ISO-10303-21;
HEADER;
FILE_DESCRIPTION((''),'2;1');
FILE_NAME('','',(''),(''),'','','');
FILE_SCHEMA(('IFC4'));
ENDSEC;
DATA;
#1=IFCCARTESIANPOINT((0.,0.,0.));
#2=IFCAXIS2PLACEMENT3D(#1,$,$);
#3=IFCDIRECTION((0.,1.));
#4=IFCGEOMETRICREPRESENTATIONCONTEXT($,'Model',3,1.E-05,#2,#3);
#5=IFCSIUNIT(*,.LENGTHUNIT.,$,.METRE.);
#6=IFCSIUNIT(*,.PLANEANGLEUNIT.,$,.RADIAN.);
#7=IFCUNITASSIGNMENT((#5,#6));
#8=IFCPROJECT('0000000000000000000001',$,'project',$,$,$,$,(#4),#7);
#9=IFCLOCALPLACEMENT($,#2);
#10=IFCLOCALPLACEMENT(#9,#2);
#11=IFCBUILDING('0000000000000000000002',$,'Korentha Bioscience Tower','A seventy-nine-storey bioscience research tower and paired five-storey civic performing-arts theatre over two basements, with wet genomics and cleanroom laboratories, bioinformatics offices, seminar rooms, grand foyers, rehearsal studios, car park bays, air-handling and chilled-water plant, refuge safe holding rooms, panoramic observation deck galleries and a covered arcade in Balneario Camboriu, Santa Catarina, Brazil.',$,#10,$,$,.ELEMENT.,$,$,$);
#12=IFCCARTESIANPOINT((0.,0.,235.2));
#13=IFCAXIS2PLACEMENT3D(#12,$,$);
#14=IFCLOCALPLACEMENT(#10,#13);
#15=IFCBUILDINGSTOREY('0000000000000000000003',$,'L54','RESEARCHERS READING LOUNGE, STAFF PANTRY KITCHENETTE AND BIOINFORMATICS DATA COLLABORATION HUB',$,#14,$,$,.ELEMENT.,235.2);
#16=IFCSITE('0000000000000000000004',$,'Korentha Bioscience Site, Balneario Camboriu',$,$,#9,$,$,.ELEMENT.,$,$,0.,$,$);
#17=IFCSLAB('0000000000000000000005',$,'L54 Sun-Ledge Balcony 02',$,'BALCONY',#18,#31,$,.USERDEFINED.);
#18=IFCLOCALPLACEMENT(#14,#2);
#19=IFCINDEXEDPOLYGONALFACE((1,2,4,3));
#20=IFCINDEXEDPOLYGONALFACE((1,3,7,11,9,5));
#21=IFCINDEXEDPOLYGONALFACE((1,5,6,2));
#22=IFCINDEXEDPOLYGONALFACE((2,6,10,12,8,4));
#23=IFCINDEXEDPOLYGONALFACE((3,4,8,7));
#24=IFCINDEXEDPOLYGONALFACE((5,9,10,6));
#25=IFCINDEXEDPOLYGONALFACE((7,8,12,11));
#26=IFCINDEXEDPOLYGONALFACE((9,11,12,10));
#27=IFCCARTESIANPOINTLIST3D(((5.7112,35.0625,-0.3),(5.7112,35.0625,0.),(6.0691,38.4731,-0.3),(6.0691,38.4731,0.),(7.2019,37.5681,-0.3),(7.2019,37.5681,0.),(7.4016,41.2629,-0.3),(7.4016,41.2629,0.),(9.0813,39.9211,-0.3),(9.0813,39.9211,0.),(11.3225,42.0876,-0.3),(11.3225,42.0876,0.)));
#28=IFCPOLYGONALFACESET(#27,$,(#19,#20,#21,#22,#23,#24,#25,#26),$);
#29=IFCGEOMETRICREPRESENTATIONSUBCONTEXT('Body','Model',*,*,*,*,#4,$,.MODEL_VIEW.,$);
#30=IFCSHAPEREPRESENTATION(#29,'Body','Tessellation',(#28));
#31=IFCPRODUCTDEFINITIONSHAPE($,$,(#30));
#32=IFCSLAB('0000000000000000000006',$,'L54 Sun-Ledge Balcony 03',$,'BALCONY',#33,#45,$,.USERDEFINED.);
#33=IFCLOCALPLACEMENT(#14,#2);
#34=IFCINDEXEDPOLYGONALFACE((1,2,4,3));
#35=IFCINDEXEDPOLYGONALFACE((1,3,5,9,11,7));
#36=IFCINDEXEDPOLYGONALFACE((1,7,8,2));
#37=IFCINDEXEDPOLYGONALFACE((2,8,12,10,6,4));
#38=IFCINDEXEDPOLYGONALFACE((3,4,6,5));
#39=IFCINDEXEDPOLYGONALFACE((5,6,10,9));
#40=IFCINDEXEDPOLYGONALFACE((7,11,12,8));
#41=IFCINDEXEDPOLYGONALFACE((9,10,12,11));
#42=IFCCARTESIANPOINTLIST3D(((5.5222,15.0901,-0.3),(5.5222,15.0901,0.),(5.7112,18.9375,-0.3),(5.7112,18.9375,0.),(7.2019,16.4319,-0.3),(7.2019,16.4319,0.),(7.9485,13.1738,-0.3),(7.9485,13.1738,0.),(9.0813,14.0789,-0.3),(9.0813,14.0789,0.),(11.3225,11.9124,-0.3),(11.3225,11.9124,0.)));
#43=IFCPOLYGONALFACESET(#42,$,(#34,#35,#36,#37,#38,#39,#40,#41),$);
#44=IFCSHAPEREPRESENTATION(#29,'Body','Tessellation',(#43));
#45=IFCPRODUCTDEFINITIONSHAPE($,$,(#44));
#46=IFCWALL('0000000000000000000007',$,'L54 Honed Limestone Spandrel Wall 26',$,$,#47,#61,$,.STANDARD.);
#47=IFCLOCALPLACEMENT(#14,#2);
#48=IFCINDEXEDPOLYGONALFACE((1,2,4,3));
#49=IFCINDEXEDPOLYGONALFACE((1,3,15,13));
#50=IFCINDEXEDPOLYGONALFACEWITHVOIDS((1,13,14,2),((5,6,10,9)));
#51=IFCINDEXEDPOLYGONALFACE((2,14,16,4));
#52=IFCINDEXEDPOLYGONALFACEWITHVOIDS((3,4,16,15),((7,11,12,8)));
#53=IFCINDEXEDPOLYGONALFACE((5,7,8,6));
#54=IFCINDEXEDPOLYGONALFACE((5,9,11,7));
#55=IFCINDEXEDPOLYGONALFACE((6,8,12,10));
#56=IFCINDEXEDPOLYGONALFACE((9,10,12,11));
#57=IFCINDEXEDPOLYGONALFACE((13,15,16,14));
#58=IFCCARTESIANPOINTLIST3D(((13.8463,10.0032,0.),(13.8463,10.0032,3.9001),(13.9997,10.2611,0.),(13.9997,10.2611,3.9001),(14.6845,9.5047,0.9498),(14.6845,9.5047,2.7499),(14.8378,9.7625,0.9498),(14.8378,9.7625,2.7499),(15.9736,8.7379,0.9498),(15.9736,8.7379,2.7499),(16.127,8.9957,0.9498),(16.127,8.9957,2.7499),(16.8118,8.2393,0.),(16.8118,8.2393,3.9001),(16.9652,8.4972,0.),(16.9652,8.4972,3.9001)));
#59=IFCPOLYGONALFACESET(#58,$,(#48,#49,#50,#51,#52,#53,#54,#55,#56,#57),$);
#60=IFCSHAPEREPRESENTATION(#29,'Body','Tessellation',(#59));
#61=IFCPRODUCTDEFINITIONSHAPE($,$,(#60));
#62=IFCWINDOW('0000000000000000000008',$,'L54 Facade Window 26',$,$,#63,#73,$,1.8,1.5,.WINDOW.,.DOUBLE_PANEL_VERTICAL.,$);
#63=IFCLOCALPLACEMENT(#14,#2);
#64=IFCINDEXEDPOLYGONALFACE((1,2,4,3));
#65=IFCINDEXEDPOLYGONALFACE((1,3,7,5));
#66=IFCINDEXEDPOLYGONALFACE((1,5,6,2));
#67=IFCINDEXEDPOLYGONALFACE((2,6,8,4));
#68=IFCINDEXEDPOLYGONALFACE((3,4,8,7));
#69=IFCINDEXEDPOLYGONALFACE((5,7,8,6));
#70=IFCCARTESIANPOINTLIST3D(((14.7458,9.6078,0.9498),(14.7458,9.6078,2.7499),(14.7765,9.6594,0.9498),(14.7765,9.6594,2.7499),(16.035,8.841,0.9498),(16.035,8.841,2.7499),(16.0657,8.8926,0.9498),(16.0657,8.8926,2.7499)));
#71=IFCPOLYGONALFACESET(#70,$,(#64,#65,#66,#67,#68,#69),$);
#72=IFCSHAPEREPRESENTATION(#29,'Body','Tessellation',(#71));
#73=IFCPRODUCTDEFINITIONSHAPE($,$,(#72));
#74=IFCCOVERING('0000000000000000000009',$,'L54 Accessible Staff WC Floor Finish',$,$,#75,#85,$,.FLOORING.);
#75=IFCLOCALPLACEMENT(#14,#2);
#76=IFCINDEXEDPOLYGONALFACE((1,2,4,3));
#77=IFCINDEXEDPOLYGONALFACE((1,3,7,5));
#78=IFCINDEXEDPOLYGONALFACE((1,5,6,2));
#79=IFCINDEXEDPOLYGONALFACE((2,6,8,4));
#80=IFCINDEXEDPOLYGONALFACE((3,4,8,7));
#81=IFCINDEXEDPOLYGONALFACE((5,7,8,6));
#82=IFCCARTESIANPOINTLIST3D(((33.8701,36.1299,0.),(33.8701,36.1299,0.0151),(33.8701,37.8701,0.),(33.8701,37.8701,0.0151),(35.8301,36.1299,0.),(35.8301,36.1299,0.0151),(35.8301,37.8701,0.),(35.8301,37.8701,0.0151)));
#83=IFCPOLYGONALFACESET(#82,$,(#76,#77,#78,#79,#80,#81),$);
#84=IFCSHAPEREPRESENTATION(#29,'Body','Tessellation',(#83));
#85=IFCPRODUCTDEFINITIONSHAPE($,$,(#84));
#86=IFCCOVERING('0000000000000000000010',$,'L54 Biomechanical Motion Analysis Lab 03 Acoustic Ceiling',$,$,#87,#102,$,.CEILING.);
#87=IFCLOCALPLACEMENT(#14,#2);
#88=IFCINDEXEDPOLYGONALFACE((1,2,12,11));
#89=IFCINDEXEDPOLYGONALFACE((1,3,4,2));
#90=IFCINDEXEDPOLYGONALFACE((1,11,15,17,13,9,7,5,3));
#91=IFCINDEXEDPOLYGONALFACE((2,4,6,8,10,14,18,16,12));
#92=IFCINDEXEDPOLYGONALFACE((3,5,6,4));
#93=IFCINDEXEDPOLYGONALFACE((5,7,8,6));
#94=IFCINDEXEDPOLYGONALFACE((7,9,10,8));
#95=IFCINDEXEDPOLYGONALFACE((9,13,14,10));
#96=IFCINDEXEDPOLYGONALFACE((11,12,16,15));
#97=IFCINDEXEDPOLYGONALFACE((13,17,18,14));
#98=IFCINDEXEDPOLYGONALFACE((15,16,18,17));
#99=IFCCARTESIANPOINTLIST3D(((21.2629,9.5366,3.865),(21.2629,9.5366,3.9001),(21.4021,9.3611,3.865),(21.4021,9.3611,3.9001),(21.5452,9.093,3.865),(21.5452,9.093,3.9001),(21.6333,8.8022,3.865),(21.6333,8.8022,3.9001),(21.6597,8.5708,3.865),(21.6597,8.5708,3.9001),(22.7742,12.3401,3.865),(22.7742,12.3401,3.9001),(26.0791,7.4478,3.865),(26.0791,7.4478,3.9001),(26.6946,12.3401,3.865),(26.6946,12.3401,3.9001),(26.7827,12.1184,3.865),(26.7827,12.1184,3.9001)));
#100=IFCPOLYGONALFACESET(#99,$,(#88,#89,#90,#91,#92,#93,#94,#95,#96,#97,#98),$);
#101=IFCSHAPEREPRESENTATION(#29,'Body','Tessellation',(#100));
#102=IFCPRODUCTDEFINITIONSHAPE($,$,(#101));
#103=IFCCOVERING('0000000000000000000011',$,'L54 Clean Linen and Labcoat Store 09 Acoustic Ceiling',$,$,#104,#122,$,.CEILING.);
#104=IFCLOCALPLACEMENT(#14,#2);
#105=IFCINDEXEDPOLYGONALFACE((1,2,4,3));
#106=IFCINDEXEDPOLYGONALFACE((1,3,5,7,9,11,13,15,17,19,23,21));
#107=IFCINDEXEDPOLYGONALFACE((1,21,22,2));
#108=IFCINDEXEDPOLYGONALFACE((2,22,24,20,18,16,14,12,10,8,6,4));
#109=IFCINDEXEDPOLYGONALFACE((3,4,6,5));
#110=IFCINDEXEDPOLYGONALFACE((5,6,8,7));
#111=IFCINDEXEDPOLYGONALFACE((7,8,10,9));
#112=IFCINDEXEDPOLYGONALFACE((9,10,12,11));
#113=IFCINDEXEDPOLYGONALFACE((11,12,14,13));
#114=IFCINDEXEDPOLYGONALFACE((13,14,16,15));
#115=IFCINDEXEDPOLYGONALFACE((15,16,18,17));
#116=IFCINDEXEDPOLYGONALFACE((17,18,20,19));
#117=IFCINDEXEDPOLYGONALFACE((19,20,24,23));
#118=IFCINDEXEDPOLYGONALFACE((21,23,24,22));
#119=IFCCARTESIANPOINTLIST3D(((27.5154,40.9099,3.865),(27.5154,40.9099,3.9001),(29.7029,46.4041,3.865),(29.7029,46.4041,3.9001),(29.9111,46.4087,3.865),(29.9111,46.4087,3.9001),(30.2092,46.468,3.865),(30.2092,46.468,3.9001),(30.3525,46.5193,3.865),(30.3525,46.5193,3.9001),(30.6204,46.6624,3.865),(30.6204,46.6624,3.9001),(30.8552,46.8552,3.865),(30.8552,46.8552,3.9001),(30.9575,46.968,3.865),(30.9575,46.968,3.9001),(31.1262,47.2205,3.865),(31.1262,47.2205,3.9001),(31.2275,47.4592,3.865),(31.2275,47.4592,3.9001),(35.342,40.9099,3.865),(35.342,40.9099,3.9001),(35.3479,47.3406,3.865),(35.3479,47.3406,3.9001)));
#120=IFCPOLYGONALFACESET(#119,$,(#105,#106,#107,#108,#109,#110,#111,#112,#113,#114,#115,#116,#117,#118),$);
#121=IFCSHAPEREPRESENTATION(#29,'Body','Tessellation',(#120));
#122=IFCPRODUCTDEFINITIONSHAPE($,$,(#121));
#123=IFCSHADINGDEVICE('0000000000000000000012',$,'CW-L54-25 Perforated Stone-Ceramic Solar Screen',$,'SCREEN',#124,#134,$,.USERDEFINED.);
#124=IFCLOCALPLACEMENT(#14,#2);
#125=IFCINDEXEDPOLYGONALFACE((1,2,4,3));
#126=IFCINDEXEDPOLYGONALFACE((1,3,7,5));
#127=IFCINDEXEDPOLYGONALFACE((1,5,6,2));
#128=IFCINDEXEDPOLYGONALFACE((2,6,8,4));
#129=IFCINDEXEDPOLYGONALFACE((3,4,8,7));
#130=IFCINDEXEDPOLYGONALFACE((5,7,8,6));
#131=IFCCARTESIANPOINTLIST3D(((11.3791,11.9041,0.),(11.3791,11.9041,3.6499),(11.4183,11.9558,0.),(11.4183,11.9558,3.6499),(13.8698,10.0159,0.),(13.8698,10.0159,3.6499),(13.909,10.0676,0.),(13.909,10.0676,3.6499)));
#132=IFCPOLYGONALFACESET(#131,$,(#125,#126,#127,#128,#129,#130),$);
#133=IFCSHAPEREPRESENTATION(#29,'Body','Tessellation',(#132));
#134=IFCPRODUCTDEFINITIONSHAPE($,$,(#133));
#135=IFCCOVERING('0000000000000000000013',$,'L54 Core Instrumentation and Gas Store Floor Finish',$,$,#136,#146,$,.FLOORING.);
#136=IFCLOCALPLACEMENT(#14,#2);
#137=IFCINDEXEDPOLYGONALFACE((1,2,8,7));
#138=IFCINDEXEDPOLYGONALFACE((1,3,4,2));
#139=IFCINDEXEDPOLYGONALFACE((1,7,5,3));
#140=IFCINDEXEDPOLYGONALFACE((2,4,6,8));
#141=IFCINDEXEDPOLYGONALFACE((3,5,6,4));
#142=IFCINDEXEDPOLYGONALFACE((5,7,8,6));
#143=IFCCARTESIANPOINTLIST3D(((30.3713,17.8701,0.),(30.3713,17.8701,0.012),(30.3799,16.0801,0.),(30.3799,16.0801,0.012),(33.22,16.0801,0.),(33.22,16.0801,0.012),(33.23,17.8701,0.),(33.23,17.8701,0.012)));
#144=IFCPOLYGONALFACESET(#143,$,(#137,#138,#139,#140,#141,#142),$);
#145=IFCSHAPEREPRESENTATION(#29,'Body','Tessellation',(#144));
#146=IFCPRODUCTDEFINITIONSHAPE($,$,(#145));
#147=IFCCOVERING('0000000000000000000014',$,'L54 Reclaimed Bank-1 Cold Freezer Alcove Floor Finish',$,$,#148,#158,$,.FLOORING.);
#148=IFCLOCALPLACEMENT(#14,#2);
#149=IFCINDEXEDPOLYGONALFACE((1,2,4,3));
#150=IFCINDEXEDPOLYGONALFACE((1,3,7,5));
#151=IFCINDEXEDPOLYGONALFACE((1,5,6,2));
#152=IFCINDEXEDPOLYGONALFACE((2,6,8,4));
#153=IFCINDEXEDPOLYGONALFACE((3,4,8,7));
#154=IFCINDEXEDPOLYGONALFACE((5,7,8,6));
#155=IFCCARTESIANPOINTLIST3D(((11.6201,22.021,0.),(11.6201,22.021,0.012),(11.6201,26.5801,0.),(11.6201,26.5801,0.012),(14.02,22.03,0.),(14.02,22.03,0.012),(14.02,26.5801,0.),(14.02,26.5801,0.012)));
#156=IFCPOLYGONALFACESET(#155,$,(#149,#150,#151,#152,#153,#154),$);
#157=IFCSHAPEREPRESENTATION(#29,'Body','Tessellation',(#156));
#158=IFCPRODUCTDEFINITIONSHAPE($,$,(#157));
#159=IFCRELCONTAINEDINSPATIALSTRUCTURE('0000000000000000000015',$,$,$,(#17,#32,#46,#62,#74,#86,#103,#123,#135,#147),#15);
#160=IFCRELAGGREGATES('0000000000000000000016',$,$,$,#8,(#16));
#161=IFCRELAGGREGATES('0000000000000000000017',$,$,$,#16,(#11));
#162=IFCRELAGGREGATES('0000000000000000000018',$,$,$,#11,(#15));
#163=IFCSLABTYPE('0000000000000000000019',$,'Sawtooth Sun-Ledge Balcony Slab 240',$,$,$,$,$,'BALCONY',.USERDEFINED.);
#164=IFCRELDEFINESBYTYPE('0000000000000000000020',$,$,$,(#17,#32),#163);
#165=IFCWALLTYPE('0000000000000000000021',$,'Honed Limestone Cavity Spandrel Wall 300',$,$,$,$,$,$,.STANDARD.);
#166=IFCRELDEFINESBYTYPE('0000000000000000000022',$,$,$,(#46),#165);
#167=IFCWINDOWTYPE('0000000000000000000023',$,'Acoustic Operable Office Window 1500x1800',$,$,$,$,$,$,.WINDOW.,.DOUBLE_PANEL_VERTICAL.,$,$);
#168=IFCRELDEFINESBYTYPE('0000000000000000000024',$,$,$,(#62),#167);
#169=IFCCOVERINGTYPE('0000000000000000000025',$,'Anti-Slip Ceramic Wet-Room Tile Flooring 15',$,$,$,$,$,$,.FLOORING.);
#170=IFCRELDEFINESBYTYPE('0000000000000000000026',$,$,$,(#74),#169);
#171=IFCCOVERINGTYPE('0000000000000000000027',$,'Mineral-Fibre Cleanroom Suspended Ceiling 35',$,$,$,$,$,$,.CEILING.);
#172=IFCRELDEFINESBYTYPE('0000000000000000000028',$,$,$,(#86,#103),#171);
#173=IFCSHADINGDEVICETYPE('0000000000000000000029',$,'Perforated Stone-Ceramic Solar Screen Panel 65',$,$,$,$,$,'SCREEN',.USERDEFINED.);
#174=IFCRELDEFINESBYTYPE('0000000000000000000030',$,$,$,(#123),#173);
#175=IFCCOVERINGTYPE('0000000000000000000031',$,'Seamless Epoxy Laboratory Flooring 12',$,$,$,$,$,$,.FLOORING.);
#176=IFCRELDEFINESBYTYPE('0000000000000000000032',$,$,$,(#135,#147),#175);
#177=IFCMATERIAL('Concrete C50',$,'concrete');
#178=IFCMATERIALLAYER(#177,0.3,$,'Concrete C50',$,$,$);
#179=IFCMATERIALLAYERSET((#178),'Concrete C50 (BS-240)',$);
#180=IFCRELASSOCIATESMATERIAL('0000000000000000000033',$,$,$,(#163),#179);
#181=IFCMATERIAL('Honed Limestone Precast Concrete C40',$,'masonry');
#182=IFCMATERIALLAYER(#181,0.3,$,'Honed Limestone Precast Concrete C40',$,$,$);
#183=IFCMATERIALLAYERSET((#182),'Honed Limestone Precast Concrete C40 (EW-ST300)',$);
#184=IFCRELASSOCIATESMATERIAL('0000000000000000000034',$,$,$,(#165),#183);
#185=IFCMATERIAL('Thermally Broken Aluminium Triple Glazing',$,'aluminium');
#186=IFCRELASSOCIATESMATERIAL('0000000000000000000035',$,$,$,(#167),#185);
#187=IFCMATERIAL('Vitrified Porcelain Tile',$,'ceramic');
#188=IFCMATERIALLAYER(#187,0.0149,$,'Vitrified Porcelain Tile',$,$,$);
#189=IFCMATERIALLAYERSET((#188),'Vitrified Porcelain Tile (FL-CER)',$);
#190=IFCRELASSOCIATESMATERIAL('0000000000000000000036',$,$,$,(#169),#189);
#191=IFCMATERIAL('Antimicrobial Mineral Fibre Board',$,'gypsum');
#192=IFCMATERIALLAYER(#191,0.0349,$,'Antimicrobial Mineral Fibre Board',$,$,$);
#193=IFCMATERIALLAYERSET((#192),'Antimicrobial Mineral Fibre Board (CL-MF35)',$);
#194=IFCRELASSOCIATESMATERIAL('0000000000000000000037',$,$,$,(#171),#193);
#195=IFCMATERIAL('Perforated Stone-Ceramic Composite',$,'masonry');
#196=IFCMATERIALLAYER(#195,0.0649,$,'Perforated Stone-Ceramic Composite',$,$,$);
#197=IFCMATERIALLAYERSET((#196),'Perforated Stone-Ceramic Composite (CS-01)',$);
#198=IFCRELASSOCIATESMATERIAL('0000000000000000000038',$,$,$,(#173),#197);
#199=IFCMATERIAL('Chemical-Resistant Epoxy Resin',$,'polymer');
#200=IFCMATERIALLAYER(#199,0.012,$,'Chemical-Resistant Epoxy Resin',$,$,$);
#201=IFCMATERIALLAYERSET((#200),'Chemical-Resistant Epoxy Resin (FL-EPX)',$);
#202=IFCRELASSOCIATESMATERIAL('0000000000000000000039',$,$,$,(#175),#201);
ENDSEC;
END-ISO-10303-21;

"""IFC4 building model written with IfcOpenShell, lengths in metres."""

from ifc_helpers import new_model, si_unit, direction, frame, frame_2d, origin, origin_2d, place, context, subcontext, project, spatial, polyline, rectangle, outline, extrude, material, layer, layer_set, type_object, element, fill, save


model = new_model("IFC4")

# Units and contexts
model_context = context("Model", 3, precision=1e-05, world=origin(), true_north=direction((0.0, 1.0)))
body_context = subcontext(model_context, "Body", "Model", "MODEL_VIEW")
ifc_project = project(units=[si_unit("LENGTHUNIT", "METRE"), si_unit("PLANEANGLEUNIT", "RADIAN")], contexts=[model_context])

# Site, building, storey
site_placement = place(None, origin())
site = spatial("IfcSite", under=ifc_project, at=site_placement, Name="Korentha Bioscience Site, Balneario Camboriu", CompositionType="ELEMENT", RefElevation=0.0)
building_placement = place(site_placement, origin())
building = spatial("IfcBuilding", under=site, at=building_placement, Name="Korentha Bioscience Tower", Description="A seventy-nine-storey bioscience research tower and paired five-storey civic performing-arts theatre over two basements, with wet genomics and cleanroom laboratories, bioinformatics offices, seminar rooms, grand foyers, rehearsal studios, car park bays, air-handling and chilled-water plant, refuge safe holding rooms, panoramic observation deck galleries and a covered arcade in Balneario Camboriu, Santa Catarina, Brazil.", CompositionType="ELEMENT")
storey_placement = place(building_placement, frame((0.0, 0.0, 235.2)))
storey = spatial("IfcBuildingStorey", under=building, at=storey_placement, Name="L54", Description="RESEARCHERS READING LOUNGE, STAFF PANTRY KITCHENETTE AND BIOINFORMATICS DATA COLLABORATION HUB", CompositionType="ELEMENT", Elevation=235.2)

# Shared definitions
ifc_material_1 = material(Name="Concrete C50", Category="concrete")

# Slabs
ifc_layer_1 = layer(ifc_material_1, 0.3, Name="Concrete C50")
ifc_layer_set_1 = layer_set([ifc_layer_1], Name="Concrete C50 (BS-240)")
slab_type_1 = type_object("IfcSlabType", Name="Sawtooth Sun-Ledge Balcony Slab 240", ElementType="BALCONY", PredefinedType="USERDEFINED", material=ifc_layer_set_1)
slab_1_placement = place(storey_placement, frame((0.0, 0.0, -0.3)))
element("IfcSlab", 1, at=slab_1_placement, inside=storey, type_object=slab_type_1, Name="L54 Sun-Ledge Balcony 02", ObjectType="BALCONY", PredefinedType="USERDEFINED", context=body_context, shape_type="SweptSolid", body=[
    extrude(outline(polyline([(5.7112, 35.0625), (7.2019, 37.5681), (9.0813, 39.9211), (11.3225, 42.0876), (7.4016, 41.2629), (6.0691, 38.4731), (5.7112, 35.0625)])), origin(), (0.0, 0.0, 1.0), 0.3),
])
slab_2_placement = place(storey_placement, frame((0.0, 0.0, -0.3)))
element("IfcSlab", 2, at=slab_2_placement, inside=storey, type_object=slab_type_1, Name="L54 Sun-Ledge Balcony 03", ObjectType="BALCONY", PredefinedType="USERDEFINED", context=body_context, shape_type="SweptSolid", body=[
    extrude(outline(polyline([(11.3225, 11.9124), (9.0813, 14.0789), (7.2019, 16.4319), (5.7112, 18.9375), (5.5222, 15.0901), (7.9485, 13.1738), (11.3225, 11.9124)])), origin(), (0.0, 0.0, 1.0), 0.3),
])

# Wall, opening, window
ifc_material_2 = material(Name="Honed Limestone Precast Concrete C40", Category="masonry")
ifc_layer_2 = layer(ifc_material_2, 0.3, Name="Honed Limestone Precast Concrete C40")
ifc_layer_set_2 = layer_set([ifc_layer_2], Name="Honed Limestone Precast Concrete C40 (EW-ST300)")
wall_type = type_object("IfcWallType", Name="Honed Limestone Cavity Spandrel Wall 300", PredefinedType="STANDARD", material=ifc_layer_set_2)
wall_placement = place(storey_placement, frame((13.9231, 10.1321, 0.0), z_axis=(0.0, 0.0, 1.0), x_axis=(0.859459, -0.511204, 0.0)))
wall = element("IfcWall", 3, at=wall_placement, inside=storey, type_object=wall_type, Name="L54 Honed Limestone Spandrel Wall 26", PredefinedType="STANDARD", context=body_context, shape_type="SweptSolid", body=[
    extrude(rectangle(XDim=3.4504, YDim=0.3, at=frame_2d((1.7251, 0.0))), origin(), (0.0, 0.0, 1.0), 3.9001),
])
opening_placement = place(wall_placement, frame((0.9751, 0.0, 0.95)))
opening = element("IfcOpeningElement", 4, at=opening_placement, cuts=wall, PredefinedType="OPENING", context=body_context, shape_type="SweptSolid", body=[
    extrude(rectangle(XDim=1.5, YDim=1.8, at=frame_2d((0.75, 0.8999))), frame((0.0, 0.165, 0.0), z_axis=(0.0, -1.0, 0.0), x_axis=(1.0, 0.0, 0.0)), (0.0, 0.0, 1.0), 0.3298),
])
ifc_material_3 = material(Name="Thermally Broken Aluminium Triple Glazing", Category="aluminium")
window_type = type_object("IfcWindowType", Name="Acoustic Operable Office Window 1500x1800", PartitioningType="DOUBLE_PANEL_VERTICAL", PredefinedType="WINDOW", material=ifc_material_3)
window_placement = place(opening_placement, origin())
window = element("IfcWindow", 5, at=window_placement, inside=storey, type_object=window_type, Name="L54 Facade Window 26", OverallHeight=1.8, OverallWidth=1.5, PartitioningType="DOUBLE_PANEL_VERTICAL", PredefinedType="WINDOW", context=body_context, shape_type="SweptSolid", body=[
    extrude(rectangle(XDim=1.5, YDim=1.8, at=frame_2d((0.75, 0.8999))), frame((0.0, 0.03, 0.0), z_axis=(0.0, -1.0, 0.0), x_axis=(1.0, 0.0, 0.0)), (0.0, 0.0, 1.0), 0.0601),
])
fill(opening, window)

# Coverings
ifc_material_4 = material(Name="Vitrified Porcelain Tile", Category="ceramic")
ifc_layer_3 = layer(ifc_material_4, 0.0149, Name="Vitrified Porcelain Tile")
ifc_layer_set_3 = layer_set([ifc_layer_3], Name="Vitrified Porcelain Tile (FL-CER)")
covering_type_1 = type_object("IfcCoveringType", Name="Anti-Slip Ceramic Wet-Room Tile Flooring 15", PredefinedType="FLOORING", material=ifc_layer_set_3)
covering_1_placement = place(storey_placement, origin())
element("IfcCovering", 6, at=covering_1_placement, inside=storey, type_object=covering_type_1, Name="L54 Accessible Staff WC Floor Finish", PredefinedType="FLOORING", context=body_context, shape_type="SweptSolid", body=[
    extrude(outline(polyline([(33.8701, 36.1299), (33.8701, 37.8701), (35.8301, 37.8701), (35.8301, 36.1299), (33.8701, 36.1299)])), origin(), (0.0, 0.0, 1.0), 0.0151),
])
ifc_material_5 = material(Name="Antimicrobial Mineral Fibre Board", Category="gypsum")
ifc_layer_4 = layer(ifc_material_5, 0.0349, Name="Antimicrobial Mineral Fibre Board")
ifc_layer_set_4 = layer_set([ifc_layer_4], Name="Antimicrobial Mineral Fibre Board (CL-MF35)")
covering_type_2 = type_object("IfcCoveringType", Name="Mineral-Fibre Cleanroom Suspended Ceiling 35", PredefinedType="CEILING", material=ifc_layer_set_4)
covering_2_placement = place(storey_placement, frame((0.0, 0.0, 3.865)))
element("IfcCovering", 7, at=covering_2_placement, inside=storey, type_object=covering_type_2, Name="L54 Biomechanical Motion Analysis Lab 03 Acoustic Ceiling", PredefinedType="CEILING", context=body_context, shape_type="SweptSolid", body=[
    extrude(outline(polyline([(26.7827, 12.1184), (26.0791, 7.4478), (21.6597, 8.5708), (21.6333, 8.8022), (21.5452, 9.093), (21.4021, 9.3611), (21.2629, 9.5366), (22.7742, 12.3401), (26.6946, 12.3401), (26.7827, 12.1184)])), origin(), (0.0, 0.0, 1.0), 0.0352),
])
covering_3_placement = place(storey_placement, frame((0.0, 0.0, 3.865)))
element("IfcCovering", 8, at=covering_3_placement, inside=storey, type_object=covering_type_2, Name="L54 Clean Linen and Labcoat Store 09 Acoustic Ceiling", PredefinedType="CEILING", context=body_context, shape_type="SweptSolid", body=[
    extrude(outline(polyline([(35.3479, 47.3406), (35.342, 40.9099), (27.5154, 40.9099), (29.7029, 46.4041), (29.9111, 46.4087), (30.2092, 46.468), (30.3525, 46.5193), (30.6204, 46.6624), (30.8552, 46.8552), (30.9575, 46.968), (31.1262, 47.2205), (31.2275, 47.4592), (35.3479, 47.3406)])), origin(), (0.0, 0.0, 1.0), 0.0352),
])

# Shading device
ifc_material_6 = material(Name="Perforated Stone-Ceramic Composite", Category="masonry")
ifc_layer_5 = layer(ifc_material_6, 0.0649, Name="Perforated Stone-Ceramic Composite")
ifc_layer_set_5 = layer_set([ifc_layer_5], Name="Perforated Stone-Ceramic Composite (CS-01)")
shading_device_type_1 = type_object("IfcShadingDeviceType", Name="Perforated Stone-Ceramic Solar Screen Panel 65", ElementType="SCREEN", PredefinedType="USERDEFINED", material=ifc_layer_set_5)
shading_device_1_placement = place(storey_placement, frame((12.644, 10.9858, 0.0), z_axis=(0.0, 0.0, 1.0), x_axis=(0.796889, -0.604126, 0.0)))
element("IfcShadingDevice", 9, at=shading_device_1_placement, inside=storey, type_object=shading_device_type_1, Name="CW-L54-25 Perforated Stone-Ceramic Solar Screen", ObjectType="SCREEN", PredefinedType="USERDEFINED", context=body_context, shape_type="SweptSolid", body=[
    extrude(rectangle(XDim=3.1255, YDim=0.0649, at=origin_2d()), origin(), (0.0, 0.0, 1.0), 3.6499),
])

# Coverings
ifc_material_7 = material(Name="Chemical-Resistant Epoxy Resin", Category="polymer")
ifc_layer_6 = layer(ifc_material_7, 0.012, Name="Chemical-Resistant Epoxy Resin")
ifc_layer_set_6 = layer_set([ifc_layer_6], Name="Chemical-Resistant Epoxy Resin (FL-EPX)")
covering_type_3 = type_object("IfcCoveringType", Name="Seamless Epoxy Laboratory Flooring 12", PredefinedType="FLOORING", material=ifc_layer_set_6)
covering_4_placement = place(storey_placement, origin())
element("IfcCovering", 10, at=covering_4_placement, inside=storey, type_object=covering_type_3, Name="L54 Core Instrumentation and Gas Store Floor Finish", PredefinedType="FLOORING", context=body_context, shape_type="SweptSolid", body=[
    extrude(outline(polyline([(33.23, 17.8701), (33.22, 16.0801), (30.3799, 16.0801), (30.3713, 17.8701), (33.23, 17.8701)])), origin(), (0.0, 0.0, 1.0), 0.012),
])
covering_5_placement = place(storey_placement, origin())
element("IfcCovering", 11, at=covering_5_placement, inside=storey, type_object=covering_type_3, Name="L54 Reclaimed Bank-1 Cold Freezer Alcove Floor Finish", PredefinedType="FLOORING", context=body_context, shape_type="SweptSolid", body=[
    extrude(outline(polyline([(14.02, 22.03), (11.6201, 22.021), (11.6201, 26.5801), (14.02, 26.5801), (14.02, 22.03)])), origin(), (0.0, 0.0, 1.0), 0.012),
])

save(model, "model.ifc")
